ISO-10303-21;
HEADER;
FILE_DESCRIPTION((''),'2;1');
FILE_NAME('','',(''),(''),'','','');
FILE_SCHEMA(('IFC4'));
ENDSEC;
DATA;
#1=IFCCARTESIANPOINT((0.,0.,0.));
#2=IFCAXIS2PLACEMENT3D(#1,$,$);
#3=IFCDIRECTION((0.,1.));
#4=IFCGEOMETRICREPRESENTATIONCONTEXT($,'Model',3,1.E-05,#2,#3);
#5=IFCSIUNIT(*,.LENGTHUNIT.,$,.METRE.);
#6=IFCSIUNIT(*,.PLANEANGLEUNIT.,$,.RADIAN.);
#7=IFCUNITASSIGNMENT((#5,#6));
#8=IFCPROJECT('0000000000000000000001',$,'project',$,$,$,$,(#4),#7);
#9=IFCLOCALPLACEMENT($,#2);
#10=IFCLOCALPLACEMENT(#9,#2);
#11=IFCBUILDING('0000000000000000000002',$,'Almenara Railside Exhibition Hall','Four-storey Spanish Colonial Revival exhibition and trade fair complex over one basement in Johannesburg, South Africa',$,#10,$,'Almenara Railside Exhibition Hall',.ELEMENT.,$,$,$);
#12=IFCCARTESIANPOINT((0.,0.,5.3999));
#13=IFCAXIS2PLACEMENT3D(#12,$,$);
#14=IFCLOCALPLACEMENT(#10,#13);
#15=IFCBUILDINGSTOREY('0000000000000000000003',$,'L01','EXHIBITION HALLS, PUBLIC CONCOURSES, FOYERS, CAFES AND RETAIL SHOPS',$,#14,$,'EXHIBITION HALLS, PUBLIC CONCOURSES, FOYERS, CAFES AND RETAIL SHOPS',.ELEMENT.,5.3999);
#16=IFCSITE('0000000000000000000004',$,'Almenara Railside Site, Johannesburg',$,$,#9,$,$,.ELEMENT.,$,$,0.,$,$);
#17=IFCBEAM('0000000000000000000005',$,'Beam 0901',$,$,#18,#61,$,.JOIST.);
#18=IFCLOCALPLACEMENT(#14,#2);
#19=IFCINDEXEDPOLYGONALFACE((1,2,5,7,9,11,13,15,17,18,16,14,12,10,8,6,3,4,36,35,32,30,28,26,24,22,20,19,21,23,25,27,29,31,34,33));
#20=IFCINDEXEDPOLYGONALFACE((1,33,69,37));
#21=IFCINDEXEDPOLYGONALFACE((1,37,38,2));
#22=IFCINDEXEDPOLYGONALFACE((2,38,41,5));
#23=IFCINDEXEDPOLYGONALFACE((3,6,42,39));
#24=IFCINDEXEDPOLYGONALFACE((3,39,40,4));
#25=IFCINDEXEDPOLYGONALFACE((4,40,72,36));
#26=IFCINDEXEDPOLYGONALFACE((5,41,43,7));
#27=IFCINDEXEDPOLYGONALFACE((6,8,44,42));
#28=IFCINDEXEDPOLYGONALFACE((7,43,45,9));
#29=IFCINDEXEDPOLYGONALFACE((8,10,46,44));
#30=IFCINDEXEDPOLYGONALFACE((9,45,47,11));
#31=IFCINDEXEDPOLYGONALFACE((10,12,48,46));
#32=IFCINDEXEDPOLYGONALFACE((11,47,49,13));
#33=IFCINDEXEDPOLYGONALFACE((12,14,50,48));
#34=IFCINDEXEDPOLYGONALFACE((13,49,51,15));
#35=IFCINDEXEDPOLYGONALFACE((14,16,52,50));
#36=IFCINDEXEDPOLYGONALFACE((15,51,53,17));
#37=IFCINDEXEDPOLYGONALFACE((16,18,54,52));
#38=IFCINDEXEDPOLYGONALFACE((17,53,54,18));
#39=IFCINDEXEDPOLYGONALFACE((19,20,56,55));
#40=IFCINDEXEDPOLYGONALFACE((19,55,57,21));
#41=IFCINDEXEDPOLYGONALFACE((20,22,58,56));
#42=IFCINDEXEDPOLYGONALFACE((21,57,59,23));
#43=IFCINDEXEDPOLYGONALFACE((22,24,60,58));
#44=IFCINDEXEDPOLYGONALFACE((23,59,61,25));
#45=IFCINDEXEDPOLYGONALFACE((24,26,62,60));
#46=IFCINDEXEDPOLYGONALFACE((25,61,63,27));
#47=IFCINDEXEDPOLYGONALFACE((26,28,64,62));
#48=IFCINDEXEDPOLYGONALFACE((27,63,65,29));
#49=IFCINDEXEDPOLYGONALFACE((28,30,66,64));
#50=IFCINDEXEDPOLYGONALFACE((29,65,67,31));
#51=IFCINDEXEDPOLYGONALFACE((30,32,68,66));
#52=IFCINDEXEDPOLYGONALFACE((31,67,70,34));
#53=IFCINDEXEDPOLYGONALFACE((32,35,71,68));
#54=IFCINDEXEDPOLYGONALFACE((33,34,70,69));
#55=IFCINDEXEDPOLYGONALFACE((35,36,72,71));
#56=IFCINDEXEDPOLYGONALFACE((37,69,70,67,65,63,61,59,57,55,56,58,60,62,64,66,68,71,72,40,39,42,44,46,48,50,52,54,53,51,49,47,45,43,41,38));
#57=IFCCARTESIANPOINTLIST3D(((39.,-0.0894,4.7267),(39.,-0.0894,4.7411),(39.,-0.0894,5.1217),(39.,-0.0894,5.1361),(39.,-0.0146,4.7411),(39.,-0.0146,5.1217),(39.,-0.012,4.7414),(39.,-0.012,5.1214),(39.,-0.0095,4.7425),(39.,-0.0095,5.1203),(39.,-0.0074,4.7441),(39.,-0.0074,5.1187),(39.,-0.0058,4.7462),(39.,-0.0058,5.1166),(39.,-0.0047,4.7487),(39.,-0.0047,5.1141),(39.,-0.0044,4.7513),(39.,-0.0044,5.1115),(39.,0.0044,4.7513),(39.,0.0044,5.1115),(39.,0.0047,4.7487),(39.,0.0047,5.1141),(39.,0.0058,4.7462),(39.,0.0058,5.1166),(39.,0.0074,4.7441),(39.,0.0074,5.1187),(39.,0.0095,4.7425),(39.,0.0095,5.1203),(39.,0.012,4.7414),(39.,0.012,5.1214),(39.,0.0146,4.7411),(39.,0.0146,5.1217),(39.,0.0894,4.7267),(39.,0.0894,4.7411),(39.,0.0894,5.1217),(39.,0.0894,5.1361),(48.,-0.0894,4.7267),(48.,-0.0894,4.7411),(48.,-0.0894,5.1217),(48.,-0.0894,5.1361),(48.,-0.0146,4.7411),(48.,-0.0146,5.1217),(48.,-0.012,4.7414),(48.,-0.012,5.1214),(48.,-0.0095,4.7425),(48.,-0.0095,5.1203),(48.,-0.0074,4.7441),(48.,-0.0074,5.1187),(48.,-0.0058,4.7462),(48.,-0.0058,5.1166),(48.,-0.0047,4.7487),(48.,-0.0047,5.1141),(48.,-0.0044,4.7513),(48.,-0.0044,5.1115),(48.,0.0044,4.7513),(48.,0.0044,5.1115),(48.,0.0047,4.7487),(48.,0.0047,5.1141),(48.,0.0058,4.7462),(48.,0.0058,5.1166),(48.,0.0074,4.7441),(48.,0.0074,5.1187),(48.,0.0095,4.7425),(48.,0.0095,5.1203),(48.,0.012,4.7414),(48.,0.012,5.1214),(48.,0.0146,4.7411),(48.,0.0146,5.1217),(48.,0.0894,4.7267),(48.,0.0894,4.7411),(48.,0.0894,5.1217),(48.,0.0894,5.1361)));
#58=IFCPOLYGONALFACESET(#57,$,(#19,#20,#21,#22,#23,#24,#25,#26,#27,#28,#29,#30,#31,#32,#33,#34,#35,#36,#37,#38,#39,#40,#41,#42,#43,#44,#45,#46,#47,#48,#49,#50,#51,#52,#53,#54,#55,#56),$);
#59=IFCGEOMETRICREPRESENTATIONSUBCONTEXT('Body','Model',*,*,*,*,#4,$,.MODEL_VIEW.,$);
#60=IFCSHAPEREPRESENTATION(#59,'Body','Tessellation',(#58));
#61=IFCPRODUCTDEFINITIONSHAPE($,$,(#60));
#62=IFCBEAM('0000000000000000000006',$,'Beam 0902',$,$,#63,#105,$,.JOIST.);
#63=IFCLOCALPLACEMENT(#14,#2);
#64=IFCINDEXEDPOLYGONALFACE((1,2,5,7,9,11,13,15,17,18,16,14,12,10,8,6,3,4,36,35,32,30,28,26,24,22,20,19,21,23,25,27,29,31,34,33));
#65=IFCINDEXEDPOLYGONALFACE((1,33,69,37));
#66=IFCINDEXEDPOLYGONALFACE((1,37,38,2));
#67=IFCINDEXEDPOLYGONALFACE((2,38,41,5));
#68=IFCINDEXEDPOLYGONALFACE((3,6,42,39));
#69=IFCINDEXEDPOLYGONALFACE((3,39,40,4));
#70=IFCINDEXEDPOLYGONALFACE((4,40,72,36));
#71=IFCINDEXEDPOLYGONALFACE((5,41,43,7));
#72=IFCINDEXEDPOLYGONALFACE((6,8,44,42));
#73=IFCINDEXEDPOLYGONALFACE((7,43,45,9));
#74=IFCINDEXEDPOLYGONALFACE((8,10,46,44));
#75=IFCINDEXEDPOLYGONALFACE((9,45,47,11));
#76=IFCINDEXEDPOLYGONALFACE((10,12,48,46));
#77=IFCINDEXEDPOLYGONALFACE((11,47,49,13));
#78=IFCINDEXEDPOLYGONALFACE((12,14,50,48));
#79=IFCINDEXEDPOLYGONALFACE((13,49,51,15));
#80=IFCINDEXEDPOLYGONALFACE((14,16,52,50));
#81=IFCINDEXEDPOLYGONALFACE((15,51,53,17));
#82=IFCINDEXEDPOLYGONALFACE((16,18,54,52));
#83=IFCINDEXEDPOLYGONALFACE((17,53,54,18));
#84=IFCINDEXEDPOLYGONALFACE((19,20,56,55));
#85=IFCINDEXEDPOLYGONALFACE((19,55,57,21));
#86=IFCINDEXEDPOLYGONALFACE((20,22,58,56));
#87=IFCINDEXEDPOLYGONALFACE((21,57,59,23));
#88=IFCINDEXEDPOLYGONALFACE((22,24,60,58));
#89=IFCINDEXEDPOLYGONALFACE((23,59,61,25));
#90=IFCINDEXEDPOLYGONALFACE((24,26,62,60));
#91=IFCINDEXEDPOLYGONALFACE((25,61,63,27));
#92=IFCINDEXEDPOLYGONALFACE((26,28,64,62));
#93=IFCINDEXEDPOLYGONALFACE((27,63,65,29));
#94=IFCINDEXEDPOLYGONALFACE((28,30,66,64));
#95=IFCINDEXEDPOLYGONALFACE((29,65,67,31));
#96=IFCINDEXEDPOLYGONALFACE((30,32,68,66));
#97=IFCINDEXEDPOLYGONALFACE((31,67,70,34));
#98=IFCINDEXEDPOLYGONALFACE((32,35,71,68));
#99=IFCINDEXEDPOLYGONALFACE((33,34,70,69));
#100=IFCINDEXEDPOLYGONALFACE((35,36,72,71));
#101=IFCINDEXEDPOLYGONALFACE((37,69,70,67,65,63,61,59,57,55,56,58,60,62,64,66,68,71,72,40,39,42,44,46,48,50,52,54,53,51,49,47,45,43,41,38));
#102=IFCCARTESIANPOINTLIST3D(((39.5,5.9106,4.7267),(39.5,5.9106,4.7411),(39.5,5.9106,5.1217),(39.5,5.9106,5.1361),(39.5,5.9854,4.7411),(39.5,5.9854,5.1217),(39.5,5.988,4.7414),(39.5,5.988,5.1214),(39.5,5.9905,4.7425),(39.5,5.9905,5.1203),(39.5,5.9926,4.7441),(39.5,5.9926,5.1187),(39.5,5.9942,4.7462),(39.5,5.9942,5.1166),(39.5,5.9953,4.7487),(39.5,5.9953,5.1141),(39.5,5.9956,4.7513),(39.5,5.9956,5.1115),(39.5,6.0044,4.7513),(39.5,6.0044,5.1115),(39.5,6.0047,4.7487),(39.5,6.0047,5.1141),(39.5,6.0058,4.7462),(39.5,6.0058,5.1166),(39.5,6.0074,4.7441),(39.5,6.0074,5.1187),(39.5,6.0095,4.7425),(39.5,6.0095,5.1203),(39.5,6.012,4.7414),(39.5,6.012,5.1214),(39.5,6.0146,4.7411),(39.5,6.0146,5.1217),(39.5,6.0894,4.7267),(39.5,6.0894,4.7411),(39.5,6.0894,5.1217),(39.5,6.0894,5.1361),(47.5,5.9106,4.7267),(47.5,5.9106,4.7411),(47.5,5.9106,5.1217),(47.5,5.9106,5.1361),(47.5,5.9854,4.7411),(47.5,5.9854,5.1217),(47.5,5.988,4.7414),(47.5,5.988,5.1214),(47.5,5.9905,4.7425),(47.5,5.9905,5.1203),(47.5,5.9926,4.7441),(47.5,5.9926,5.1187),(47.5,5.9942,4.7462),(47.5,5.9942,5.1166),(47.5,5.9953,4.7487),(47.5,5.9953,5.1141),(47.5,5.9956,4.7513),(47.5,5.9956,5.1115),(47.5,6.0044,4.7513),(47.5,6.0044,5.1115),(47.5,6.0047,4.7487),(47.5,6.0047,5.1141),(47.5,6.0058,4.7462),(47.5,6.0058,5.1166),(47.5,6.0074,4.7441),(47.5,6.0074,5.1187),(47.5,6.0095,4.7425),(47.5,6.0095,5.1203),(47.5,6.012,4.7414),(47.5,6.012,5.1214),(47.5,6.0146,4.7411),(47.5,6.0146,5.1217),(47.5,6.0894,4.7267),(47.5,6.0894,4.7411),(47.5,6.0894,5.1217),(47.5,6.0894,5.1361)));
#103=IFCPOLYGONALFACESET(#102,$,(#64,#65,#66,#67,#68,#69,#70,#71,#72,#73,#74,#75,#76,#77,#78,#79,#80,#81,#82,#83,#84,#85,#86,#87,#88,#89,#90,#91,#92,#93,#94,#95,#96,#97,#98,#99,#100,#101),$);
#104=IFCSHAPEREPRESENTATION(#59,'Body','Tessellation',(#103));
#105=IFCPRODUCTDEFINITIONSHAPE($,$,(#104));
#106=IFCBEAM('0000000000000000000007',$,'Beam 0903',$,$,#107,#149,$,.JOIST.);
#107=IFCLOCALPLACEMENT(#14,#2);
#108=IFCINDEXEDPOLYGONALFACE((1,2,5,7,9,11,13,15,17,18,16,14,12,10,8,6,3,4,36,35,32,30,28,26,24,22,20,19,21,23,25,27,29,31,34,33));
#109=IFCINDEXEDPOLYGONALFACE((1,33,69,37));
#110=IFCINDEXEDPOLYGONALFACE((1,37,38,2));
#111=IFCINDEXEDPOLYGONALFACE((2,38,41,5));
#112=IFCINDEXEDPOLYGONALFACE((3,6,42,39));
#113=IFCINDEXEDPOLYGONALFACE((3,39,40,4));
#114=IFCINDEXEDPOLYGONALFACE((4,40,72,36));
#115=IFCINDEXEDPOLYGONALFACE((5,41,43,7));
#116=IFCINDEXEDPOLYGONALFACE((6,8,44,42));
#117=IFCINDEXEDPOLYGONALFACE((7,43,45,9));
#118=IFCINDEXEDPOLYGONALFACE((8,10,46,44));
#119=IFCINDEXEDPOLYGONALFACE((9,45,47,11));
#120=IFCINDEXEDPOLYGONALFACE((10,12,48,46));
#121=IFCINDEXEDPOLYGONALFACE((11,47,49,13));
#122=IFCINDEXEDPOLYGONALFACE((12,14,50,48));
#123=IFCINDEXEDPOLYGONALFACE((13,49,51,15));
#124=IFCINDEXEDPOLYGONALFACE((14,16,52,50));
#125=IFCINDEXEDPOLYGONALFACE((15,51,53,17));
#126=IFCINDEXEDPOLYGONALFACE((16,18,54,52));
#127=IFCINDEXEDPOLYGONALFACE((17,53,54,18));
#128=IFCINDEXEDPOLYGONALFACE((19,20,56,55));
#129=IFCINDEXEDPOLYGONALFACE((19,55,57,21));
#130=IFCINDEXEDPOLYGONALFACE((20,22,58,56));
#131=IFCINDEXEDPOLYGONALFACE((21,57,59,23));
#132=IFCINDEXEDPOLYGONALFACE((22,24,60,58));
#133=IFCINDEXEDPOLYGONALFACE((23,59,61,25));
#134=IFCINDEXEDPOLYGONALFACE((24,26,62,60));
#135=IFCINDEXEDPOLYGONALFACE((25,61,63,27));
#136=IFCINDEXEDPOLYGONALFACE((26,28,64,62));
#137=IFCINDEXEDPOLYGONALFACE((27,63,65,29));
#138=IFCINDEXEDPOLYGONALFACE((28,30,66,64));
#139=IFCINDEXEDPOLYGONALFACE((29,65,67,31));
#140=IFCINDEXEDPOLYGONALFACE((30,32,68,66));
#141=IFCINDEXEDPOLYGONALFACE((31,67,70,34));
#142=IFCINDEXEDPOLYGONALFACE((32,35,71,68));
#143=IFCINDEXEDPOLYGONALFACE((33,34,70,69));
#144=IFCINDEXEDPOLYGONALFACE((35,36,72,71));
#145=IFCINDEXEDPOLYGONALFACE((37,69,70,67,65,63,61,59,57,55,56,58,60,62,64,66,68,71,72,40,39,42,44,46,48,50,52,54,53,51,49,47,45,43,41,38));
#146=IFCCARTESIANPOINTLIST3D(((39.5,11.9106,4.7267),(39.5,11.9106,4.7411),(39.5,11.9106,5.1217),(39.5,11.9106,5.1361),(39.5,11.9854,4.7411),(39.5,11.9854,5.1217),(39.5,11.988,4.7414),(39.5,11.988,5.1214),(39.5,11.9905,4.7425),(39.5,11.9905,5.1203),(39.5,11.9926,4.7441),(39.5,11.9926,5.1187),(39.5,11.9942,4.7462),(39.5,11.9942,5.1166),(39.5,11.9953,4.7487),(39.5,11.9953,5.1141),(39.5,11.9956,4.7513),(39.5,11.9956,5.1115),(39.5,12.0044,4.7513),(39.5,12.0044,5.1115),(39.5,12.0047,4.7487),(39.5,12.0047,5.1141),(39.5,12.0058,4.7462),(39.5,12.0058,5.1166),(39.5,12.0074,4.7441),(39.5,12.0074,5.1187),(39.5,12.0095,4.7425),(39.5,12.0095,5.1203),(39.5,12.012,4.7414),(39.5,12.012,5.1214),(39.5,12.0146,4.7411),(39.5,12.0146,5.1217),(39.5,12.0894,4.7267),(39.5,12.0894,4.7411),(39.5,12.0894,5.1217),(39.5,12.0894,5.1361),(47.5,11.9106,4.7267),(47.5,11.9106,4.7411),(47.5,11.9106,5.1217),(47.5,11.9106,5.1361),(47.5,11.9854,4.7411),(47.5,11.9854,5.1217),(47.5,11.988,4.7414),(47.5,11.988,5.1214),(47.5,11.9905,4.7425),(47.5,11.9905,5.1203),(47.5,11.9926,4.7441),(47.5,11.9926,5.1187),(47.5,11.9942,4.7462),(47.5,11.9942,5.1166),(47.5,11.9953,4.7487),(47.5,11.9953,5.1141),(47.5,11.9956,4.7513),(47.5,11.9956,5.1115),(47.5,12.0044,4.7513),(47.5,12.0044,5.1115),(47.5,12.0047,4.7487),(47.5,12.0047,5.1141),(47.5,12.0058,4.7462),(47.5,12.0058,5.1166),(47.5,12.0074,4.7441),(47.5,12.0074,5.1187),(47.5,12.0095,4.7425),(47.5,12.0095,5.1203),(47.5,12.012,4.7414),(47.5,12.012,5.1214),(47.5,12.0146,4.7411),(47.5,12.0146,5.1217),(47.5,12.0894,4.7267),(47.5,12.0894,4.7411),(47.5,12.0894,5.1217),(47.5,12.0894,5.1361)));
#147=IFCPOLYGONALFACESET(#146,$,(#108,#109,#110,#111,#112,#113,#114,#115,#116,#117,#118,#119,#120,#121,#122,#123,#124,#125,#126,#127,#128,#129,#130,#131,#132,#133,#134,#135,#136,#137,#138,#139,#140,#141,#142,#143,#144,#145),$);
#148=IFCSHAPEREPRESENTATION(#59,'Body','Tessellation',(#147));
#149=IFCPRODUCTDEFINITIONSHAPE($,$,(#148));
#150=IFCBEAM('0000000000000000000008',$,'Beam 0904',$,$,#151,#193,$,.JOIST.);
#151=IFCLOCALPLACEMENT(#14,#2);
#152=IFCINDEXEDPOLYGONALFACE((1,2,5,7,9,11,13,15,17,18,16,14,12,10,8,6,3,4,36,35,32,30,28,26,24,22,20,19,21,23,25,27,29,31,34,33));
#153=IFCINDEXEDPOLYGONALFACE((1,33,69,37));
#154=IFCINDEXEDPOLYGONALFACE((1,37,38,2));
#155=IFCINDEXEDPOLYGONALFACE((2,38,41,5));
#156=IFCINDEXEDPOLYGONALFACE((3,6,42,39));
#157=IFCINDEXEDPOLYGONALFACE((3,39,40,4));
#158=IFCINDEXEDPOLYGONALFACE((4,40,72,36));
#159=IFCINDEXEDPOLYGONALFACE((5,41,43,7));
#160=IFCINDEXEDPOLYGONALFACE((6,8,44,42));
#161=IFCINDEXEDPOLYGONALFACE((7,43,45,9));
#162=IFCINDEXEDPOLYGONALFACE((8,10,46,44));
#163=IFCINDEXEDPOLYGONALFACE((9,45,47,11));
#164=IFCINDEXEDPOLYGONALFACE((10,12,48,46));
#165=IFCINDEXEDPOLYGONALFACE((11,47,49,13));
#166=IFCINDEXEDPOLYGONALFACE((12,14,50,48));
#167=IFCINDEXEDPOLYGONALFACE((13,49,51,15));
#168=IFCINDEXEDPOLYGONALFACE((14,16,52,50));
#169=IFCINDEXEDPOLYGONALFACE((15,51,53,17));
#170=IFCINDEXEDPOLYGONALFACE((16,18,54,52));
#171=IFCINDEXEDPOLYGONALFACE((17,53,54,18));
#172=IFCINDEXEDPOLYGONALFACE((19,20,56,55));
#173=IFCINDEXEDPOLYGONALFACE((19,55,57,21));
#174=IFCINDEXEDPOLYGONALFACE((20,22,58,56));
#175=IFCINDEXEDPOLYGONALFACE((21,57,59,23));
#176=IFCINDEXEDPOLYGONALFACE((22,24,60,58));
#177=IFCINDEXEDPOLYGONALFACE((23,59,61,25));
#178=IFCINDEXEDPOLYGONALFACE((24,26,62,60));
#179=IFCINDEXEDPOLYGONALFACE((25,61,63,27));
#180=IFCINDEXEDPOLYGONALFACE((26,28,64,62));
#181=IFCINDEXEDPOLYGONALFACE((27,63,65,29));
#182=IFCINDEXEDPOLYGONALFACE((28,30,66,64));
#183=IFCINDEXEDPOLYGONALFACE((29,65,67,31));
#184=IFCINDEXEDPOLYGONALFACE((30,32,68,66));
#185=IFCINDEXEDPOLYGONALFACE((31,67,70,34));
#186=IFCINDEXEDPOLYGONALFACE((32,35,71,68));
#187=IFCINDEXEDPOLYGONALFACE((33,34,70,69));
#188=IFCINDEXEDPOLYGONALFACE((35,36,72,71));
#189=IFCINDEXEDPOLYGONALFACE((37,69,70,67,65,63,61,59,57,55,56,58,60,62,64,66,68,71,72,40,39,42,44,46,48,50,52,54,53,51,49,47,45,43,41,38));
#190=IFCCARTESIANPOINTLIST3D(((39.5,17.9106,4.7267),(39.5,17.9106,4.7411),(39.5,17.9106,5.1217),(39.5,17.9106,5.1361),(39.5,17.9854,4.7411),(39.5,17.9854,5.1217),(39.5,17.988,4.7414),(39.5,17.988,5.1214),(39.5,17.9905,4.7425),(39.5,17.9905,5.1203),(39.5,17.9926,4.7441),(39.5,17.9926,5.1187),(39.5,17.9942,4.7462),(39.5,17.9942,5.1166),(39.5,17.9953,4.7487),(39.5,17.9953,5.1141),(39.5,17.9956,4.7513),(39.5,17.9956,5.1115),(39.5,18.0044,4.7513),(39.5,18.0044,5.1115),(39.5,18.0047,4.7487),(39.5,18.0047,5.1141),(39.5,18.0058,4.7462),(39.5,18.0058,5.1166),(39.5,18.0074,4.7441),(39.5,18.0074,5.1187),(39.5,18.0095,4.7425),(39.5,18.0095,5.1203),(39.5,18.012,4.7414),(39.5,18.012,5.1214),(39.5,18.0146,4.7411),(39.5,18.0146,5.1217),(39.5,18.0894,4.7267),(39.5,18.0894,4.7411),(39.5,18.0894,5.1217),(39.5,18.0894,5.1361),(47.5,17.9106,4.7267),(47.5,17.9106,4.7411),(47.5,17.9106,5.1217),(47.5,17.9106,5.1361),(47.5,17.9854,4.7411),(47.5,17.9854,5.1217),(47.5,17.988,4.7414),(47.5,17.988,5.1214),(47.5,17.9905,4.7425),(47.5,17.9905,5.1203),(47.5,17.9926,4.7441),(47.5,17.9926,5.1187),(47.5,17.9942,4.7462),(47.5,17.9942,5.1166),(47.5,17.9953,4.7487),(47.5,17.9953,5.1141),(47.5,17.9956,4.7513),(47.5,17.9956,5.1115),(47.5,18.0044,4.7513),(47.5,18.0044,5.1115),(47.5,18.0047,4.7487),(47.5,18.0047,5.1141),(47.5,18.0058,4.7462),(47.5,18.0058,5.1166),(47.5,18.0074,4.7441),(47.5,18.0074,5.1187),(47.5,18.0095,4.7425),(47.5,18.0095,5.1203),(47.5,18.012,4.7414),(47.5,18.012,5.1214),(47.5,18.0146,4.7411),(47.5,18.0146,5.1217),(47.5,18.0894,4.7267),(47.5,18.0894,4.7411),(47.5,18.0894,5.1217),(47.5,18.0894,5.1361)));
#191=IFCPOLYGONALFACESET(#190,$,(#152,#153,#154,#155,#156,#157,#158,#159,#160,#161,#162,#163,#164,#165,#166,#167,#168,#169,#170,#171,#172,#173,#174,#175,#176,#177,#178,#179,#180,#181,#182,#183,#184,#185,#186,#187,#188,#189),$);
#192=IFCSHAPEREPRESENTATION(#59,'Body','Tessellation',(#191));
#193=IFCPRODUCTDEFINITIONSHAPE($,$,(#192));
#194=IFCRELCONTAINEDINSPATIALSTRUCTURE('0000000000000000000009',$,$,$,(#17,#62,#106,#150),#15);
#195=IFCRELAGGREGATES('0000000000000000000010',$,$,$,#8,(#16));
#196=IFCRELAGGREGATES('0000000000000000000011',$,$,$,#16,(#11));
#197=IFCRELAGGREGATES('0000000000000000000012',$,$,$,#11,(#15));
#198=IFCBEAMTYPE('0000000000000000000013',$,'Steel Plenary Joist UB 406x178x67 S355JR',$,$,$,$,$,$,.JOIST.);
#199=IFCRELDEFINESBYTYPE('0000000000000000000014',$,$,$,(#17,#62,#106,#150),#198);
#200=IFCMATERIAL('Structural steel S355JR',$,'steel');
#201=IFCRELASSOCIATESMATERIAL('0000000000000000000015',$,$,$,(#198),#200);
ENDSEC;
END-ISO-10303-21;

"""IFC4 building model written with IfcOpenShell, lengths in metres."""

from ifc_helpers import new_model, si_unit, direction, frame, origin, origin_2d, place, context, subcontext, project, spatial, i_section, extrude, material, material_profile, profile_set, type_object, element, save


model = new_model("IFC4")

# Units and contexts
model_context = context("Model", 3, precision=1e-05, world=origin(), true_north=direction((0.0, 1.0)))
body_context = subcontext(model_context, "Body", "Model", "MODEL_VIEW")
ifc_project = project(units=[si_unit("LENGTHUNIT", "METRE"), si_unit("PLANEANGLEUNIT", "RADIAN")], contexts=[model_context])

# Site, building, storey
site_placement = place(None, origin())
site = spatial("IfcSite", under=ifc_project, at=site_placement, Name="Almenara Railside Site, Johannesburg", CompositionType="ELEMENT", RefElevation=0.0)
building_placement = place(site_placement, origin())
building = spatial("IfcBuilding", under=site, at=building_placement, Name="Almenara Railside Exhibition Hall", Description="Four-storey Spanish Colonial Revival exhibition and trade fair complex over one basement in Johannesburg, South Africa", LongName="Almenara Railside Exhibition Hall", CompositionType="ELEMENT")
storey_placement = place(building_placement, frame((0.0, 0.0, 5.3999)))
storey = spatial("IfcBuildingStorey", under=building, at=storey_placement, Name="L01", Description="EXHIBITION HALLS, PUBLIC CONCOURSES, FOYERS, CAFES AND RETAIL SHOPS", LongName="EXHIBITION HALLS, PUBLIC CONCOURSES, FOYERS, CAFES AND RETAIL SHOPS", CompositionType="ELEMENT", Elevation=5.3999)

# Beams
ifc_material_1 = material(Name="Structural steel S355JR", Category="steel")
ifc_material_profile_1 = material_profile(ifc_material_1, i_section(OverallWidth=0.1787, OverallDepth=0.4094, WebThickness=0.0088, FlangeThickness=0.0144, FilletRadius=0.0103, at=origin_2d()), Name="UB 406x178x67")
ifc_profile_set_1 = profile_set([ifc_material_profile_1], Name="Structural steel S355JR")
beam_type_1 = type_object("IfcBeamType", Name="Steel Plenary Joist UB 406x178x67 S355JR", PredefinedType="JOIST", material=ifc_profile_set_1)
beam_1_placement = place(storey_placement, frame((39.0, 0.0, 4.9314), z_axis=(1.0, 0.0, 0.0), x_axis=(0.0, 1.0, 0.0)))
element("IfcBeam", 1, at=beam_1_placement, inside=storey, type_object=beam_type_1, Name="Beam 0901", PredefinedType="JOIST", context=body_context, shape_type="SweptSolid", body=[
    extrude(i_section(OverallWidth=0.1787, OverallDepth=0.4094, WebThickness=0.0088, FlangeThickness=0.0144, FilletRadius=0.0103, at=origin_2d()), origin(), (0.0, 0.0, 1.0), 9.0),
])
for number, where, z_axis, x_axis, name in (
    (2, (39.5, 6.0, 4.9314), (1.0, 0.0, 0.0), (0.0, 1.0, 0.0), "Beam 0902"),
    (3, (39.5, 12.0, 4.9314), (1.0, 0.0, 0.0), (0.0, 1.0, 0.0), "Beam 0903"),
    (4, (39.5, 18.0, 4.9314), (1.0, 0.0, 0.0), (0.0, 1.0, 0.0), "Beam 0904"),
):
    element("IfcBeam", number, at=place(storey_placement, frame(where, z_axis=z_axis, x_axis=x_axis)), inside=storey, type_object=beam_type_1, Name=name, PredefinedType="JOIST", context=body_context, shape_type="SweptSolid", body=[
        extrude(i_section(OverallWidth=0.1787, OverallDepth=0.4094, WebThickness=0.0088, FlangeThickness=0.0144, FilletRadius=0.0103, at=origin_2d()), origin(), (0.0, 0.0, 1.0), 8.0),
    ])

save(model, "model.ifc")
